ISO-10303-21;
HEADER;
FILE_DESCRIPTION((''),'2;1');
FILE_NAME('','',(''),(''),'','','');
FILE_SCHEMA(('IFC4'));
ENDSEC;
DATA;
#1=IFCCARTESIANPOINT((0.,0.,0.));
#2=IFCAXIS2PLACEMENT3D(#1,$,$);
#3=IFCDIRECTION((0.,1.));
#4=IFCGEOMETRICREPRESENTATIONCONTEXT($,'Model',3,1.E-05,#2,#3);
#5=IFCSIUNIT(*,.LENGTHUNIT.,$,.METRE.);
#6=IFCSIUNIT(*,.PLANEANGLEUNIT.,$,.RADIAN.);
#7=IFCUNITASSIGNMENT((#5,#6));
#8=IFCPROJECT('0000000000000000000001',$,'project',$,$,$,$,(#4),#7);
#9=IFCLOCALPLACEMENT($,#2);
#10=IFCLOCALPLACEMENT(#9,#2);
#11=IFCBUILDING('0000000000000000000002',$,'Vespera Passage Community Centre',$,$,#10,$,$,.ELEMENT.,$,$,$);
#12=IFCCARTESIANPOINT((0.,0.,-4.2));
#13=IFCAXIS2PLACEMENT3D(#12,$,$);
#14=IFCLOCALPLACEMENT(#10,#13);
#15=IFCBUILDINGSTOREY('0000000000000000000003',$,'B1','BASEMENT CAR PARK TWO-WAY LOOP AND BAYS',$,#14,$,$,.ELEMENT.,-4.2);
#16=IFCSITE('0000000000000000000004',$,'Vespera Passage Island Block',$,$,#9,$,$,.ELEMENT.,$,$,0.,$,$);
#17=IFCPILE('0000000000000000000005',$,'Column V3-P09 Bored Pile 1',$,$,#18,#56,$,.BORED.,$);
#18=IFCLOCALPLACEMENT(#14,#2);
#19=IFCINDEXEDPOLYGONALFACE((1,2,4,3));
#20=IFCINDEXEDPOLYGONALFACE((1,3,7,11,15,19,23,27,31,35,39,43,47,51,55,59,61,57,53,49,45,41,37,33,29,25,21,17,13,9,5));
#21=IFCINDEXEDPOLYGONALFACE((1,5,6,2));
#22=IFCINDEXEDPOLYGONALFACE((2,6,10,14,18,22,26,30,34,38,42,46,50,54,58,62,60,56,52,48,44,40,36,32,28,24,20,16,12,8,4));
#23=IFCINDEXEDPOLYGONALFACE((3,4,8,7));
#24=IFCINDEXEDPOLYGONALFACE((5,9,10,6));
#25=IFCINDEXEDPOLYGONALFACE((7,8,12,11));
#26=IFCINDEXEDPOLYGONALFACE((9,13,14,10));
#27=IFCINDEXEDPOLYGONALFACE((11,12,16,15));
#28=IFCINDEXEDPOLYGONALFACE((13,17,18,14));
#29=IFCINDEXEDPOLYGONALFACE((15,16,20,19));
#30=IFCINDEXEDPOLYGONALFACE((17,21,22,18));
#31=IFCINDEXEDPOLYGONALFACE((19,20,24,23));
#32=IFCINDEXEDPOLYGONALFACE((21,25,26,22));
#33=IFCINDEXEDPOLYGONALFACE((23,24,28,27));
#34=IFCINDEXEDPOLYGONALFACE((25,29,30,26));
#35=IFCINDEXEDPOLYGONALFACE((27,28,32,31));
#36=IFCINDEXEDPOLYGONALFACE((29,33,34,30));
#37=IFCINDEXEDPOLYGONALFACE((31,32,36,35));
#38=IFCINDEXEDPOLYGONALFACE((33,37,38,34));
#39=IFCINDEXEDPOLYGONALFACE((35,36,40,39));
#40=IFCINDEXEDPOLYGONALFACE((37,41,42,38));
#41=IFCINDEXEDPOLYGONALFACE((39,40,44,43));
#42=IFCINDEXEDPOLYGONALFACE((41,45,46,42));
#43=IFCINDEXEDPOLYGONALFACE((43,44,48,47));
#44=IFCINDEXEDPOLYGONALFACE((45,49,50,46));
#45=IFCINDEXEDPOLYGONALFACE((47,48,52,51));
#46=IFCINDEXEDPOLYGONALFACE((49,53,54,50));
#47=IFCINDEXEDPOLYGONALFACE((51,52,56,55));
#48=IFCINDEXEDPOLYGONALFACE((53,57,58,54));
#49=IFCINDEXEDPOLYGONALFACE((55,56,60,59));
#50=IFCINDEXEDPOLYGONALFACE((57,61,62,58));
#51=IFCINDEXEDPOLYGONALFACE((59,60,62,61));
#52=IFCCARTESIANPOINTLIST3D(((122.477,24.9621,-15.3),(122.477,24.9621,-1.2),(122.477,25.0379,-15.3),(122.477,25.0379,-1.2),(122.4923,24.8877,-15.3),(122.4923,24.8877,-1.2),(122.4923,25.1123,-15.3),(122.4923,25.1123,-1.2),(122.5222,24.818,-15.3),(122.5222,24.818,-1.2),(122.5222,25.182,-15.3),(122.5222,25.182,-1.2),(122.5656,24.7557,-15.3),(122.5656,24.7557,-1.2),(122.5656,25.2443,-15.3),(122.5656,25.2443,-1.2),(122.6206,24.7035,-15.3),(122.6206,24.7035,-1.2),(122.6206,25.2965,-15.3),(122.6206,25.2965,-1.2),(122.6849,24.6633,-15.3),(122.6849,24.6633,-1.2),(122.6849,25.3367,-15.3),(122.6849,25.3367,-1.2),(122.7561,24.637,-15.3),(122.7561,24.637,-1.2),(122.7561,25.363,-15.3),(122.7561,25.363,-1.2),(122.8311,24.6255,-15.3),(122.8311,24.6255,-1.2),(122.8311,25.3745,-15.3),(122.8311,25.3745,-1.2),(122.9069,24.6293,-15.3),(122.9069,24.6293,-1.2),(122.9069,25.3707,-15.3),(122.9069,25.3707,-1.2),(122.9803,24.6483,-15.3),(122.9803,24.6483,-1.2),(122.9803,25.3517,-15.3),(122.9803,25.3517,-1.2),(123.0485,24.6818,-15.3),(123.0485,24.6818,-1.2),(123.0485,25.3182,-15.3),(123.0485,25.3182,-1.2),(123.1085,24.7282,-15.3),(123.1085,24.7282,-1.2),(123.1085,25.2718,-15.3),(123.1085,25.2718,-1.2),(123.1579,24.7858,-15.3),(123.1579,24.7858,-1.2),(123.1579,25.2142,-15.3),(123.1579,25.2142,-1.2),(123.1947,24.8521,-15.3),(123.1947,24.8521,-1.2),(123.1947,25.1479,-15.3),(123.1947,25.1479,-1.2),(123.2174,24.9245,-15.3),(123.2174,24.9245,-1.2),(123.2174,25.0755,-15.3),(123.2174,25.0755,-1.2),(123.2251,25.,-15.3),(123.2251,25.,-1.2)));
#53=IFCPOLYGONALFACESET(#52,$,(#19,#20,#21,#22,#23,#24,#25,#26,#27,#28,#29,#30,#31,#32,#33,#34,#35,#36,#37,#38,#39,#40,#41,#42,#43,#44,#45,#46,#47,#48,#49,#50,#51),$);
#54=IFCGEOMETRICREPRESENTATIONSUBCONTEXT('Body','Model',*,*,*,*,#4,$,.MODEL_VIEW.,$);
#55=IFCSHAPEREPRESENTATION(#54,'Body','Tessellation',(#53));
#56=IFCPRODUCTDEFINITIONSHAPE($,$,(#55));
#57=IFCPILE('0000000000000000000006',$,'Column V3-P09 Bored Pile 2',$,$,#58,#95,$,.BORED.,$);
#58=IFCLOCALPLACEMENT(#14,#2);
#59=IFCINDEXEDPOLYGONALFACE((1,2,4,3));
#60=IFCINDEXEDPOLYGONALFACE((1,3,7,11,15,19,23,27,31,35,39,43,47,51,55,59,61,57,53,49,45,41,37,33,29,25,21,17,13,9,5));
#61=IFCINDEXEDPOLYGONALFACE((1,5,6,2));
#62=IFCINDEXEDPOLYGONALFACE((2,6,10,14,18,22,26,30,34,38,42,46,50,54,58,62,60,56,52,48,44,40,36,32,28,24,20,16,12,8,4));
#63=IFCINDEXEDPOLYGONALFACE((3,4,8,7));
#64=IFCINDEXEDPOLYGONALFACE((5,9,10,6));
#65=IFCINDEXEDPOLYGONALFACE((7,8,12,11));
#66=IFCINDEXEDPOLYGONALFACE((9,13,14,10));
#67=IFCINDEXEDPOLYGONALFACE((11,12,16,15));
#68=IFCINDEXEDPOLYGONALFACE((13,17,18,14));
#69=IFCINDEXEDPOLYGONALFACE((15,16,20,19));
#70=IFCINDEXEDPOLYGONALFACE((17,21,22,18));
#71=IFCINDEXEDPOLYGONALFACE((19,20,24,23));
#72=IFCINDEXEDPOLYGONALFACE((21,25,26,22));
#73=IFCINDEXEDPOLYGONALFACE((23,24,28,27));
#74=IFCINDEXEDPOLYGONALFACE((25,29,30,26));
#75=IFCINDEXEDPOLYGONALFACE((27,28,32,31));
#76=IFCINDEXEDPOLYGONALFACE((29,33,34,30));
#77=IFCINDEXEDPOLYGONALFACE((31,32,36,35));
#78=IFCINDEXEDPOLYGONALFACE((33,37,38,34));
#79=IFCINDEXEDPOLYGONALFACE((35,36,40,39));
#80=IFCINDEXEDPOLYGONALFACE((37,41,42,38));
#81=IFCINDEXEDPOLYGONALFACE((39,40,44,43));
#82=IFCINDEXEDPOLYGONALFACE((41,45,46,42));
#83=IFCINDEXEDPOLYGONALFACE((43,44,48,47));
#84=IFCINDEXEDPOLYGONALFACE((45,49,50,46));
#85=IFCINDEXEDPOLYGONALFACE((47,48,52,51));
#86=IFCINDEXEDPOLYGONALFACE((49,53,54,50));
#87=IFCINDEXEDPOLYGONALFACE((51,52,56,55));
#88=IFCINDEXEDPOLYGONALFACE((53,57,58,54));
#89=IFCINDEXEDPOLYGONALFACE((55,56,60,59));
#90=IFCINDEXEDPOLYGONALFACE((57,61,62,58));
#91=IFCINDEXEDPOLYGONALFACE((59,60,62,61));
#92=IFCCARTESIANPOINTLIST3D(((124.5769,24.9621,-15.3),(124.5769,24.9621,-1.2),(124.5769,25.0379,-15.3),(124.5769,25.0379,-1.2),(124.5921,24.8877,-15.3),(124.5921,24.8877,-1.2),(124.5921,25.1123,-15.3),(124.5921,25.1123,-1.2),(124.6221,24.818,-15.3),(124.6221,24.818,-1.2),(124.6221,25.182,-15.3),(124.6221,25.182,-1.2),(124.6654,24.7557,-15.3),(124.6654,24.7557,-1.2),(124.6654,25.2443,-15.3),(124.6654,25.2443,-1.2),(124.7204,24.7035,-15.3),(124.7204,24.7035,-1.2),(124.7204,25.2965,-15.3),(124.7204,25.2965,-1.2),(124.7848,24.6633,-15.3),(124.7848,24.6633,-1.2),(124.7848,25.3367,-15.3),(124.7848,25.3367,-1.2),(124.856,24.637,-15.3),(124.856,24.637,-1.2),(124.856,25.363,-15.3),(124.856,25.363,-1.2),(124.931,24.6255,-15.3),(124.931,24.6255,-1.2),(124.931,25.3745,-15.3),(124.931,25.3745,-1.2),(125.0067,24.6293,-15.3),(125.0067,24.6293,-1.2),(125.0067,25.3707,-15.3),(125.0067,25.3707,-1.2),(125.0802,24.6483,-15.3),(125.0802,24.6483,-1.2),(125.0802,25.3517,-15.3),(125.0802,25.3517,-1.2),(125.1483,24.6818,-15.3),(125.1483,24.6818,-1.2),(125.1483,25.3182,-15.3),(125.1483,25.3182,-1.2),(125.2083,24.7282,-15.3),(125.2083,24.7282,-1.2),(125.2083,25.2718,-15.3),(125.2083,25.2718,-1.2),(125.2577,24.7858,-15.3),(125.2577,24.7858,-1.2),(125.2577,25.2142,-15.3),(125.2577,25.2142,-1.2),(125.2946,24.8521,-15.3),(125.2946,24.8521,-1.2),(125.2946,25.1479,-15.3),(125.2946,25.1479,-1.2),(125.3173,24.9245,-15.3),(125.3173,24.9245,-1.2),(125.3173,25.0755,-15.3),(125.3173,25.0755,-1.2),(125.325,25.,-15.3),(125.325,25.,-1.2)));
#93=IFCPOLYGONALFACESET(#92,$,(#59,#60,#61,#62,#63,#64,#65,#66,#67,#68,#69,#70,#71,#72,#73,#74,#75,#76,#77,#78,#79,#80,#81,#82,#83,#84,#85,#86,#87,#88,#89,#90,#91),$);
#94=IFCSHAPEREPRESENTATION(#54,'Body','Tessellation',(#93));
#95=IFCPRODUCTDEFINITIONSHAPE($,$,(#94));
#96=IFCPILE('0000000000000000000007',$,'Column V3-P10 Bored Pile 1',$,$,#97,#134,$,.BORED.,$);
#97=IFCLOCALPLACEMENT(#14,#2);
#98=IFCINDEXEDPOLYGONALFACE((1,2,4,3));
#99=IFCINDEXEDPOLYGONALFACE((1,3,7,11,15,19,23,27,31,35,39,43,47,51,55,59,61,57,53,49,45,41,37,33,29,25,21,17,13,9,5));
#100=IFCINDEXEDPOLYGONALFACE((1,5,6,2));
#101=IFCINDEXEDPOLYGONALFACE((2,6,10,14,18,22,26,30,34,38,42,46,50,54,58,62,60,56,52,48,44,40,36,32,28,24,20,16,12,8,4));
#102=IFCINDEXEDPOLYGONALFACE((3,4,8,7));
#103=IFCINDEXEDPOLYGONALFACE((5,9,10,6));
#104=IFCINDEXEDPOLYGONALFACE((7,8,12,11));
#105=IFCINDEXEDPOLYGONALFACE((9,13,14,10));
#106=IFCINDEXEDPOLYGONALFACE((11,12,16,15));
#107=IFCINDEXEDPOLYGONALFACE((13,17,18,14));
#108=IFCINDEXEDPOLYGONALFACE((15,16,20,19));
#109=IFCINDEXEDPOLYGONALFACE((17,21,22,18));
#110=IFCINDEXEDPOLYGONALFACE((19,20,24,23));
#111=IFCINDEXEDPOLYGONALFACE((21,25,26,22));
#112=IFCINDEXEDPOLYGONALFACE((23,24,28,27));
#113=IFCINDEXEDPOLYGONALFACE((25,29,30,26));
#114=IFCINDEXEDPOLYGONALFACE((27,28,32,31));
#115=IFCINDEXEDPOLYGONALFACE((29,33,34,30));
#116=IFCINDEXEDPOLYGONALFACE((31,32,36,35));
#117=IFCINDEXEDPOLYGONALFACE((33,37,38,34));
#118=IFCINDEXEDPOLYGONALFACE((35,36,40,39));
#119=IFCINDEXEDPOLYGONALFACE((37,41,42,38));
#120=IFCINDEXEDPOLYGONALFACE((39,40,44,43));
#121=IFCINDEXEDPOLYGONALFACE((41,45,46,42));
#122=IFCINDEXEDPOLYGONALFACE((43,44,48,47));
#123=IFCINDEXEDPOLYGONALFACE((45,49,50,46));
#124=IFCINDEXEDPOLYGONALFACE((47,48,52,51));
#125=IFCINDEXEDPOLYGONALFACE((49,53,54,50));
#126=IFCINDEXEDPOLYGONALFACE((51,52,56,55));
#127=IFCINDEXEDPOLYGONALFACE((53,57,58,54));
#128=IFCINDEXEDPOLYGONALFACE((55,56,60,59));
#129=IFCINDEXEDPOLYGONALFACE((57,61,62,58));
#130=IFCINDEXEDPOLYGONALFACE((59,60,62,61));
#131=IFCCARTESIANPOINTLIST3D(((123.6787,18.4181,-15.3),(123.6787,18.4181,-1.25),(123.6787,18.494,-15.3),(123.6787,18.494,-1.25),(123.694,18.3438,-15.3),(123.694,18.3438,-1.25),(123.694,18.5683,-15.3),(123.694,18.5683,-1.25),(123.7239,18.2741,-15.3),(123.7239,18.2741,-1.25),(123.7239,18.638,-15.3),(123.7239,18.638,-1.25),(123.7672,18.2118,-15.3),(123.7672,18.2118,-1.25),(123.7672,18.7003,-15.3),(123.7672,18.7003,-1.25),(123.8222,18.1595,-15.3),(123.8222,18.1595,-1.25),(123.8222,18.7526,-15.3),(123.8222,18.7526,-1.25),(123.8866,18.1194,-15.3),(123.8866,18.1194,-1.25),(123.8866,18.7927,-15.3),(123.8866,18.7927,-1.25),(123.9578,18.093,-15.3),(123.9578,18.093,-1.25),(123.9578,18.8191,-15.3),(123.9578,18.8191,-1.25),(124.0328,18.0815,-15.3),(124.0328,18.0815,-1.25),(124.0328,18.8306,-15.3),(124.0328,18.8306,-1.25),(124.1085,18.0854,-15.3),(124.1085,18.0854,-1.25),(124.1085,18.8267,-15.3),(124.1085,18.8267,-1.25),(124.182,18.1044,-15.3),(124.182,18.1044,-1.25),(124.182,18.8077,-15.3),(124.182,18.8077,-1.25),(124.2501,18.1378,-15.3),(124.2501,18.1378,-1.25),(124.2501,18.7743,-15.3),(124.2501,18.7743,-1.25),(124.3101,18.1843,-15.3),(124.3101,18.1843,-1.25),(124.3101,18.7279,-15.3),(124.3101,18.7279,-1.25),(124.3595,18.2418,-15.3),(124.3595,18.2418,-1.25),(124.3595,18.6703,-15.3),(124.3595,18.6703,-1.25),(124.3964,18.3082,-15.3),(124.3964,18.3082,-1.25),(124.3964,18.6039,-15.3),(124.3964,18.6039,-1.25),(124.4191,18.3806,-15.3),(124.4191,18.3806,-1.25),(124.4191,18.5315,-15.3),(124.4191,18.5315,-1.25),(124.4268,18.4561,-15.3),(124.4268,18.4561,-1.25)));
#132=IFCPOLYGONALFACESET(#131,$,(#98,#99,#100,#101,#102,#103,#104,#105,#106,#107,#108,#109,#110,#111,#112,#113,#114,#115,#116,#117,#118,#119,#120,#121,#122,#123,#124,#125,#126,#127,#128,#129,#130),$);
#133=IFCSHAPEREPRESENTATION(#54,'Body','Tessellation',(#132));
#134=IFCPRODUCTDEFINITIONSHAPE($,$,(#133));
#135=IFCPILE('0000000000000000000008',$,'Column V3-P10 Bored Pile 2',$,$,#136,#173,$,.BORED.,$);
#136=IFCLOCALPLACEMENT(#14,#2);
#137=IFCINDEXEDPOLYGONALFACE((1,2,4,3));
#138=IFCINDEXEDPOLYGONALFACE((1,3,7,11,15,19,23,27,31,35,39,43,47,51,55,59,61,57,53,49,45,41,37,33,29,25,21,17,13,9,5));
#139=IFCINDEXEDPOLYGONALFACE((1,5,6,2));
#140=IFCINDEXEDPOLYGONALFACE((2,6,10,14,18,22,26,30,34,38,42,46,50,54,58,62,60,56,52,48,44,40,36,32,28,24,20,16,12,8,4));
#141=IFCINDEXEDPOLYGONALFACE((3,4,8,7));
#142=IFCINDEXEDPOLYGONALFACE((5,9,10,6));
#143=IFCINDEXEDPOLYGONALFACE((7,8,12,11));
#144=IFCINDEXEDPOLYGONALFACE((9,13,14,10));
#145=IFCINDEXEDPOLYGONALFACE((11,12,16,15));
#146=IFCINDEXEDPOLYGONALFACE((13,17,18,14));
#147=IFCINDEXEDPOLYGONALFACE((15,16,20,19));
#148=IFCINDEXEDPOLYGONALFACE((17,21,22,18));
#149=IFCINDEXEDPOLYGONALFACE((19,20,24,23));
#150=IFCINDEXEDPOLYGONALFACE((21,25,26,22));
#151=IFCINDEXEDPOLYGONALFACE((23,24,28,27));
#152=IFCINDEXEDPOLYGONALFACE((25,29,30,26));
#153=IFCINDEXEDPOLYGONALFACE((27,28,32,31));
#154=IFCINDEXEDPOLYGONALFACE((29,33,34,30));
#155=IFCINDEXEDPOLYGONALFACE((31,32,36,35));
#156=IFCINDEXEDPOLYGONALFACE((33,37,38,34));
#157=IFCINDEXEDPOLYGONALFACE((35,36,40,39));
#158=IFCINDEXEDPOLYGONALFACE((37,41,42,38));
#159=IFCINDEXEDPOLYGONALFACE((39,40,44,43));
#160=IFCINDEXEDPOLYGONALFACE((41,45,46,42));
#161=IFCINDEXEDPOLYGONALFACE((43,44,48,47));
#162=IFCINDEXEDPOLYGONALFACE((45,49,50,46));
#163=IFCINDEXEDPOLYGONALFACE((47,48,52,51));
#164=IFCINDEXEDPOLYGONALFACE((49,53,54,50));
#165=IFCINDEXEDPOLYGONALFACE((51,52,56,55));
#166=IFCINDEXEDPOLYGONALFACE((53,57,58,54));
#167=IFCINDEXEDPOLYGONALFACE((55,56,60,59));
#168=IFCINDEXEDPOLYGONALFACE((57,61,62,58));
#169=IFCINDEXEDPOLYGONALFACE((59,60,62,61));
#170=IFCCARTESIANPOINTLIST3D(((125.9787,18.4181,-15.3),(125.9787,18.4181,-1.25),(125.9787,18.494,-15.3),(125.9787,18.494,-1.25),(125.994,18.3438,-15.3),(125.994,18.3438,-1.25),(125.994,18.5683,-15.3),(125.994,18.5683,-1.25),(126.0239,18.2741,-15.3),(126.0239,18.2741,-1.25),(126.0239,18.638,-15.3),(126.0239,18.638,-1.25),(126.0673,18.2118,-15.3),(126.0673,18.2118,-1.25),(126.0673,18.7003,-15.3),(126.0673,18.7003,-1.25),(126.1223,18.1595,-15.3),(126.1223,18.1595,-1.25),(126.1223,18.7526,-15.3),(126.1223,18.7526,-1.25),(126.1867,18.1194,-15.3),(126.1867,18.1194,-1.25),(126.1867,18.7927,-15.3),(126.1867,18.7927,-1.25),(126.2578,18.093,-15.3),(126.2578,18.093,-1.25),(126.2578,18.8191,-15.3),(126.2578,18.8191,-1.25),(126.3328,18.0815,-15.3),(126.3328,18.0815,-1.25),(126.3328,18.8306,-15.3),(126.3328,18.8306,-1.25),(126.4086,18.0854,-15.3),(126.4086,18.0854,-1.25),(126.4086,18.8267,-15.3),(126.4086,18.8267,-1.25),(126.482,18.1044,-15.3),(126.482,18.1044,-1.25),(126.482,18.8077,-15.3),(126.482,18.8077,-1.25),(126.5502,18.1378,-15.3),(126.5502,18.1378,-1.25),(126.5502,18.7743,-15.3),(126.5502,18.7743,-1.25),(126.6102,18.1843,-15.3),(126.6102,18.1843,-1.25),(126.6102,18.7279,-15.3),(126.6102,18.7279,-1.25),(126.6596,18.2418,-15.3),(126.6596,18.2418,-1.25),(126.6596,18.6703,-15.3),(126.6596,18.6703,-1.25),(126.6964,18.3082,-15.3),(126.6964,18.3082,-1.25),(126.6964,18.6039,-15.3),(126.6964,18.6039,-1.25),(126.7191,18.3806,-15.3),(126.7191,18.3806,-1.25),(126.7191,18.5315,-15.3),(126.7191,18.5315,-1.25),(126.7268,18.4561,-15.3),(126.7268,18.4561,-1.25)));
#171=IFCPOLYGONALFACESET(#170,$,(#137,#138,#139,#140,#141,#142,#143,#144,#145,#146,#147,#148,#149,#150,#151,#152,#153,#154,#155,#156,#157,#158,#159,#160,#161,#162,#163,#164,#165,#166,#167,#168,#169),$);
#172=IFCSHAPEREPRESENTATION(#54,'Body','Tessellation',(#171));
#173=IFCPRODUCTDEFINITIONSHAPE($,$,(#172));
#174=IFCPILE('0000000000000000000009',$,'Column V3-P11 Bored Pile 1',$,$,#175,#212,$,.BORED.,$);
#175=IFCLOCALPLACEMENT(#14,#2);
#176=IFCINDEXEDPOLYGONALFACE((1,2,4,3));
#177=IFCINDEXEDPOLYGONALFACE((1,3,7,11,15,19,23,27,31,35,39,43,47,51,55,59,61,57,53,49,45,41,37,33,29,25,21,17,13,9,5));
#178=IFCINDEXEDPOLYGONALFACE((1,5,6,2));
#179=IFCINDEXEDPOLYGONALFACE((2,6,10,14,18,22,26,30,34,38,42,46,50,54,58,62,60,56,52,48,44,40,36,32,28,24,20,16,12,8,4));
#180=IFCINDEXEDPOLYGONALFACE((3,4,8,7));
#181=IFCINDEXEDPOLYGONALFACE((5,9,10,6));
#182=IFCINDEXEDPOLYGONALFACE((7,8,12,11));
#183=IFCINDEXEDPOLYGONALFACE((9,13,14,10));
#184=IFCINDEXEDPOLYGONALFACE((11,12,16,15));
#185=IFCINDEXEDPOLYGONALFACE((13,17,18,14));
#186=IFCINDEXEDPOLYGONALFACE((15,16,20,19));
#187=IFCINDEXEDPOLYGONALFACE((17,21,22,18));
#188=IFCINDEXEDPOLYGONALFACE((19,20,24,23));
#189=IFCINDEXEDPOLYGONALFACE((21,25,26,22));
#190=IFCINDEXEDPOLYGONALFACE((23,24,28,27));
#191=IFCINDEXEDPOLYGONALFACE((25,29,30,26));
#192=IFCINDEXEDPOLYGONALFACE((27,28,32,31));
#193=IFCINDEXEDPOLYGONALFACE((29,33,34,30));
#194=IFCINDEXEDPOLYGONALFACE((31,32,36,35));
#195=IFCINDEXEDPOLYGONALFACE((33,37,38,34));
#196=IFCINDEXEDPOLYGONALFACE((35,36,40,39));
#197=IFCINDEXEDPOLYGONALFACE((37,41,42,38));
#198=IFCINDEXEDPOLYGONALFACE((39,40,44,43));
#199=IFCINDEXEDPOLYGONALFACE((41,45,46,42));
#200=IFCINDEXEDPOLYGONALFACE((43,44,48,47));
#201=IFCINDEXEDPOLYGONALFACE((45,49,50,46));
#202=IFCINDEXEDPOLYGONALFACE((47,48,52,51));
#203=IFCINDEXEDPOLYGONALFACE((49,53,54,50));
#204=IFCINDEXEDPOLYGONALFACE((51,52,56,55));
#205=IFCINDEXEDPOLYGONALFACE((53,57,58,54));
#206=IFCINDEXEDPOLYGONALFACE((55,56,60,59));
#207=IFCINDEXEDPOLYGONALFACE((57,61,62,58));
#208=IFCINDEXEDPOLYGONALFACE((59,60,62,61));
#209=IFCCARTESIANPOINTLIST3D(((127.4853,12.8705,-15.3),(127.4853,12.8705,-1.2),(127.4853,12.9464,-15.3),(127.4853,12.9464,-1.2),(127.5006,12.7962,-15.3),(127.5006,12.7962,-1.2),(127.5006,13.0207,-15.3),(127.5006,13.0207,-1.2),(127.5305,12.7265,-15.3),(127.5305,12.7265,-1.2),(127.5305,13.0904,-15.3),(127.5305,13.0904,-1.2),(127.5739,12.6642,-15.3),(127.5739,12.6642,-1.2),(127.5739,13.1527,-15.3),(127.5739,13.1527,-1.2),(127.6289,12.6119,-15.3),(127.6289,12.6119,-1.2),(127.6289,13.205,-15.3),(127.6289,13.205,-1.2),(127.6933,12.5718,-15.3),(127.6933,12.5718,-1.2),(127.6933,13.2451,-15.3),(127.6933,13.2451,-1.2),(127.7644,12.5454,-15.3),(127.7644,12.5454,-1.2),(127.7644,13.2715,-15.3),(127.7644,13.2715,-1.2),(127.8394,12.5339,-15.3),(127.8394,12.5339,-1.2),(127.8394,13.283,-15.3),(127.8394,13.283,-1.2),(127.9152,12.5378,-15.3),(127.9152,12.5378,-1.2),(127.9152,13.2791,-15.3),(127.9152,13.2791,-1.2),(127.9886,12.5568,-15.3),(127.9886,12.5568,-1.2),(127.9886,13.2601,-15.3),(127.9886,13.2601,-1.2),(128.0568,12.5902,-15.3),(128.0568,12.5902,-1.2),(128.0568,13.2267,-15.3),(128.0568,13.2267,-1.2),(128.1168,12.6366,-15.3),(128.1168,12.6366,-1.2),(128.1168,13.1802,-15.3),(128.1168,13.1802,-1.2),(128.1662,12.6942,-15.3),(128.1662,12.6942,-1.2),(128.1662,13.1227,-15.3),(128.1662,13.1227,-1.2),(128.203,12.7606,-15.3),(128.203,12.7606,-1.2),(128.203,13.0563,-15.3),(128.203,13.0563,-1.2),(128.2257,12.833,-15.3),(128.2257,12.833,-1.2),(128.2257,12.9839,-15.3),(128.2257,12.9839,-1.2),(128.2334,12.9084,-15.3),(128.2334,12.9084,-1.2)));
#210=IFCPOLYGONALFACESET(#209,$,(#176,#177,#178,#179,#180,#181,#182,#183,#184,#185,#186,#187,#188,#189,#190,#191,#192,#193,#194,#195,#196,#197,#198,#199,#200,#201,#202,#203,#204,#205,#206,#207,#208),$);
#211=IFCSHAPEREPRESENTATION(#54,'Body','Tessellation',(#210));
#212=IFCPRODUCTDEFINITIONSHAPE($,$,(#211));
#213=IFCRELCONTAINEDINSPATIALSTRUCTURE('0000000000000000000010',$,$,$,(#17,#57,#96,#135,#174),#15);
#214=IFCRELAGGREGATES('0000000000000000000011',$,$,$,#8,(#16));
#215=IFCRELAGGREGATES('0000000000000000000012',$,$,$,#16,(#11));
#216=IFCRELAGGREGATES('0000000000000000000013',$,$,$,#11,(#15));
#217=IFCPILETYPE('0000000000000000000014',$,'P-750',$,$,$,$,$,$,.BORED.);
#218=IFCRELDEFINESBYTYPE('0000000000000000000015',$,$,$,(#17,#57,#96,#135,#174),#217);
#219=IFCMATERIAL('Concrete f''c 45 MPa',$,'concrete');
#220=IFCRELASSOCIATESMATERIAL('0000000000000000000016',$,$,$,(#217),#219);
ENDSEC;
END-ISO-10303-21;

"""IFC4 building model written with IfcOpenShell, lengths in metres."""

from ifc_helpers import new_model, si_unit, direction, frame, origin, origin_2d, place, context, subcontext, project, spatial, circle, extrude, material, material_profile, profile_set, type_object, element, save


model = new_model("IFC4")

# Units and contexts
model_context = context("Model", 3, precision=1e-05, world=origin(), true_north=direction((0.0, 1.0)))
body_context = subcontext(model_context, "Body", "Model", "MODEL_VIEW")
ifc_project = project(units=[si_unit("LENGTHUNIT", "METRE"), si_unit("PLANEANGLEUNIT", "RADIAN")], contexts=[model_context])

# Site, building, storey
site_placement = place(None, origin())
site = spatial("IfcSite", under=ifc_project, at=site_placement, Name="Vespera Passage Island Block", CompositionType="ELEMENT", RefElevation=0.0)
building_placement = place(site_placement, origin())
building = spatial("IfcBuilding", under=site, at=building_placement, Name="Vespera Passage Community Centre", CompositionType="ELEMENT")
storey_placement = place(building_placement, frame((0.0, 0.0, -4.2)))
storey = spatial("IfcBuildingStorey", under=building, at=storey_placement, Name="B1", Description="BASEMENT CAR PARK TWO-WAY LOOP AND BAYS", CompositionType="ELEMENT", Elevation=-4.2)

# Piles
ifc_material_1 = material(Name="Concrete f'c 45 MPa", Category="concrete")
ifc_material_profile_1 = material_profile(ifc_material_1, circle(Radius=0.375, at=origin_2d()), Name="PILE750DIA")
ifc_profile_set_1 = profile_set([ifc_material_profile_1], Name="Concrete f'c 45 MPa")
pile_type_1 = type_object("IfcPileType", Name="P-750", PredefinedType="BORED", material=ifc_profile_set_1)
for number, where, z_axis, x_axis, name in (
    (1, (122.8501, 25.0, -1.2), (0.0, 0.0, -1.0), (1.0, 0.0, 0.0), "Column V3-P09 Bored Pile 1"),
    (2, (124.95, 25.0, -1.2), (0.0, 0.0, -1.0), (1.0, 0.0, 0.0), "Column V3-P09 Bored Pile 2"),
):
    element("IfcPile", number, at=place(storey_placement, frame(where, z_axis=z_axis, x_axis=x_axis)), inside=storey, type_object=pile_type_1, Name=name, PredefinedType="BORED", context=body_context, shape_type="SweptSolid", body=[
        extrude(circle(Radius=0.375, at=origin_2d()), origin(), (0.0, 0.0, 1.0), 14.1001),
    ])
for number, where, z_axis, x_axis, name in (
    (3, (124.0518, 18.4561, -1.25), (0.0, 0.0, -1.0), (1.0, 0.0, 0.0), "Column V3-P10 Bored Pile 1"),
    (4, (126.3518, 18.4561, -1.25), (0.0, 0.0, -1.0), (1.0, 0.0, 0.0), "Column V3-P10 Bored Pile 2"),
):
    element("IfcPile", number, at=place(storey_placement, frame(where, z_axis=z_axis, x_axis=x_axis)), inside=storey, type_object=pile_type_1, Name=name, PredefinedType="BORED", context=body_context, shape_type="SweptSolid", body=[
        extrude(circle(Radius=0.375, at=origin_2d()), origin(), (0.0, 0.0, 1.0), 14.05),
    ])
for number, where, z_axis, x_axis, name in (
    (5, (127.8584, 12.9084, -1.2), (0.0, 0.0, -1.0), (1.0, 0.0, 0.0), "Column V3-P11 Bored Pile 1"),
):
    element("IfcPile", number, at=place(storey_placement, frame(where, z_axis=z_axis, x_axis=x_axis)), inside=storey, type_object=pile_type_1, Name=name, PredefinedType="BORED", context=body_context, shape_type="SweptSolid", body=[
        extrude(circle(Radius=0.375, at=origin_2d()), origin(), (0.0, 0.0, 1.0), 14.1001),
    ])

save(model, "model.ifc")
